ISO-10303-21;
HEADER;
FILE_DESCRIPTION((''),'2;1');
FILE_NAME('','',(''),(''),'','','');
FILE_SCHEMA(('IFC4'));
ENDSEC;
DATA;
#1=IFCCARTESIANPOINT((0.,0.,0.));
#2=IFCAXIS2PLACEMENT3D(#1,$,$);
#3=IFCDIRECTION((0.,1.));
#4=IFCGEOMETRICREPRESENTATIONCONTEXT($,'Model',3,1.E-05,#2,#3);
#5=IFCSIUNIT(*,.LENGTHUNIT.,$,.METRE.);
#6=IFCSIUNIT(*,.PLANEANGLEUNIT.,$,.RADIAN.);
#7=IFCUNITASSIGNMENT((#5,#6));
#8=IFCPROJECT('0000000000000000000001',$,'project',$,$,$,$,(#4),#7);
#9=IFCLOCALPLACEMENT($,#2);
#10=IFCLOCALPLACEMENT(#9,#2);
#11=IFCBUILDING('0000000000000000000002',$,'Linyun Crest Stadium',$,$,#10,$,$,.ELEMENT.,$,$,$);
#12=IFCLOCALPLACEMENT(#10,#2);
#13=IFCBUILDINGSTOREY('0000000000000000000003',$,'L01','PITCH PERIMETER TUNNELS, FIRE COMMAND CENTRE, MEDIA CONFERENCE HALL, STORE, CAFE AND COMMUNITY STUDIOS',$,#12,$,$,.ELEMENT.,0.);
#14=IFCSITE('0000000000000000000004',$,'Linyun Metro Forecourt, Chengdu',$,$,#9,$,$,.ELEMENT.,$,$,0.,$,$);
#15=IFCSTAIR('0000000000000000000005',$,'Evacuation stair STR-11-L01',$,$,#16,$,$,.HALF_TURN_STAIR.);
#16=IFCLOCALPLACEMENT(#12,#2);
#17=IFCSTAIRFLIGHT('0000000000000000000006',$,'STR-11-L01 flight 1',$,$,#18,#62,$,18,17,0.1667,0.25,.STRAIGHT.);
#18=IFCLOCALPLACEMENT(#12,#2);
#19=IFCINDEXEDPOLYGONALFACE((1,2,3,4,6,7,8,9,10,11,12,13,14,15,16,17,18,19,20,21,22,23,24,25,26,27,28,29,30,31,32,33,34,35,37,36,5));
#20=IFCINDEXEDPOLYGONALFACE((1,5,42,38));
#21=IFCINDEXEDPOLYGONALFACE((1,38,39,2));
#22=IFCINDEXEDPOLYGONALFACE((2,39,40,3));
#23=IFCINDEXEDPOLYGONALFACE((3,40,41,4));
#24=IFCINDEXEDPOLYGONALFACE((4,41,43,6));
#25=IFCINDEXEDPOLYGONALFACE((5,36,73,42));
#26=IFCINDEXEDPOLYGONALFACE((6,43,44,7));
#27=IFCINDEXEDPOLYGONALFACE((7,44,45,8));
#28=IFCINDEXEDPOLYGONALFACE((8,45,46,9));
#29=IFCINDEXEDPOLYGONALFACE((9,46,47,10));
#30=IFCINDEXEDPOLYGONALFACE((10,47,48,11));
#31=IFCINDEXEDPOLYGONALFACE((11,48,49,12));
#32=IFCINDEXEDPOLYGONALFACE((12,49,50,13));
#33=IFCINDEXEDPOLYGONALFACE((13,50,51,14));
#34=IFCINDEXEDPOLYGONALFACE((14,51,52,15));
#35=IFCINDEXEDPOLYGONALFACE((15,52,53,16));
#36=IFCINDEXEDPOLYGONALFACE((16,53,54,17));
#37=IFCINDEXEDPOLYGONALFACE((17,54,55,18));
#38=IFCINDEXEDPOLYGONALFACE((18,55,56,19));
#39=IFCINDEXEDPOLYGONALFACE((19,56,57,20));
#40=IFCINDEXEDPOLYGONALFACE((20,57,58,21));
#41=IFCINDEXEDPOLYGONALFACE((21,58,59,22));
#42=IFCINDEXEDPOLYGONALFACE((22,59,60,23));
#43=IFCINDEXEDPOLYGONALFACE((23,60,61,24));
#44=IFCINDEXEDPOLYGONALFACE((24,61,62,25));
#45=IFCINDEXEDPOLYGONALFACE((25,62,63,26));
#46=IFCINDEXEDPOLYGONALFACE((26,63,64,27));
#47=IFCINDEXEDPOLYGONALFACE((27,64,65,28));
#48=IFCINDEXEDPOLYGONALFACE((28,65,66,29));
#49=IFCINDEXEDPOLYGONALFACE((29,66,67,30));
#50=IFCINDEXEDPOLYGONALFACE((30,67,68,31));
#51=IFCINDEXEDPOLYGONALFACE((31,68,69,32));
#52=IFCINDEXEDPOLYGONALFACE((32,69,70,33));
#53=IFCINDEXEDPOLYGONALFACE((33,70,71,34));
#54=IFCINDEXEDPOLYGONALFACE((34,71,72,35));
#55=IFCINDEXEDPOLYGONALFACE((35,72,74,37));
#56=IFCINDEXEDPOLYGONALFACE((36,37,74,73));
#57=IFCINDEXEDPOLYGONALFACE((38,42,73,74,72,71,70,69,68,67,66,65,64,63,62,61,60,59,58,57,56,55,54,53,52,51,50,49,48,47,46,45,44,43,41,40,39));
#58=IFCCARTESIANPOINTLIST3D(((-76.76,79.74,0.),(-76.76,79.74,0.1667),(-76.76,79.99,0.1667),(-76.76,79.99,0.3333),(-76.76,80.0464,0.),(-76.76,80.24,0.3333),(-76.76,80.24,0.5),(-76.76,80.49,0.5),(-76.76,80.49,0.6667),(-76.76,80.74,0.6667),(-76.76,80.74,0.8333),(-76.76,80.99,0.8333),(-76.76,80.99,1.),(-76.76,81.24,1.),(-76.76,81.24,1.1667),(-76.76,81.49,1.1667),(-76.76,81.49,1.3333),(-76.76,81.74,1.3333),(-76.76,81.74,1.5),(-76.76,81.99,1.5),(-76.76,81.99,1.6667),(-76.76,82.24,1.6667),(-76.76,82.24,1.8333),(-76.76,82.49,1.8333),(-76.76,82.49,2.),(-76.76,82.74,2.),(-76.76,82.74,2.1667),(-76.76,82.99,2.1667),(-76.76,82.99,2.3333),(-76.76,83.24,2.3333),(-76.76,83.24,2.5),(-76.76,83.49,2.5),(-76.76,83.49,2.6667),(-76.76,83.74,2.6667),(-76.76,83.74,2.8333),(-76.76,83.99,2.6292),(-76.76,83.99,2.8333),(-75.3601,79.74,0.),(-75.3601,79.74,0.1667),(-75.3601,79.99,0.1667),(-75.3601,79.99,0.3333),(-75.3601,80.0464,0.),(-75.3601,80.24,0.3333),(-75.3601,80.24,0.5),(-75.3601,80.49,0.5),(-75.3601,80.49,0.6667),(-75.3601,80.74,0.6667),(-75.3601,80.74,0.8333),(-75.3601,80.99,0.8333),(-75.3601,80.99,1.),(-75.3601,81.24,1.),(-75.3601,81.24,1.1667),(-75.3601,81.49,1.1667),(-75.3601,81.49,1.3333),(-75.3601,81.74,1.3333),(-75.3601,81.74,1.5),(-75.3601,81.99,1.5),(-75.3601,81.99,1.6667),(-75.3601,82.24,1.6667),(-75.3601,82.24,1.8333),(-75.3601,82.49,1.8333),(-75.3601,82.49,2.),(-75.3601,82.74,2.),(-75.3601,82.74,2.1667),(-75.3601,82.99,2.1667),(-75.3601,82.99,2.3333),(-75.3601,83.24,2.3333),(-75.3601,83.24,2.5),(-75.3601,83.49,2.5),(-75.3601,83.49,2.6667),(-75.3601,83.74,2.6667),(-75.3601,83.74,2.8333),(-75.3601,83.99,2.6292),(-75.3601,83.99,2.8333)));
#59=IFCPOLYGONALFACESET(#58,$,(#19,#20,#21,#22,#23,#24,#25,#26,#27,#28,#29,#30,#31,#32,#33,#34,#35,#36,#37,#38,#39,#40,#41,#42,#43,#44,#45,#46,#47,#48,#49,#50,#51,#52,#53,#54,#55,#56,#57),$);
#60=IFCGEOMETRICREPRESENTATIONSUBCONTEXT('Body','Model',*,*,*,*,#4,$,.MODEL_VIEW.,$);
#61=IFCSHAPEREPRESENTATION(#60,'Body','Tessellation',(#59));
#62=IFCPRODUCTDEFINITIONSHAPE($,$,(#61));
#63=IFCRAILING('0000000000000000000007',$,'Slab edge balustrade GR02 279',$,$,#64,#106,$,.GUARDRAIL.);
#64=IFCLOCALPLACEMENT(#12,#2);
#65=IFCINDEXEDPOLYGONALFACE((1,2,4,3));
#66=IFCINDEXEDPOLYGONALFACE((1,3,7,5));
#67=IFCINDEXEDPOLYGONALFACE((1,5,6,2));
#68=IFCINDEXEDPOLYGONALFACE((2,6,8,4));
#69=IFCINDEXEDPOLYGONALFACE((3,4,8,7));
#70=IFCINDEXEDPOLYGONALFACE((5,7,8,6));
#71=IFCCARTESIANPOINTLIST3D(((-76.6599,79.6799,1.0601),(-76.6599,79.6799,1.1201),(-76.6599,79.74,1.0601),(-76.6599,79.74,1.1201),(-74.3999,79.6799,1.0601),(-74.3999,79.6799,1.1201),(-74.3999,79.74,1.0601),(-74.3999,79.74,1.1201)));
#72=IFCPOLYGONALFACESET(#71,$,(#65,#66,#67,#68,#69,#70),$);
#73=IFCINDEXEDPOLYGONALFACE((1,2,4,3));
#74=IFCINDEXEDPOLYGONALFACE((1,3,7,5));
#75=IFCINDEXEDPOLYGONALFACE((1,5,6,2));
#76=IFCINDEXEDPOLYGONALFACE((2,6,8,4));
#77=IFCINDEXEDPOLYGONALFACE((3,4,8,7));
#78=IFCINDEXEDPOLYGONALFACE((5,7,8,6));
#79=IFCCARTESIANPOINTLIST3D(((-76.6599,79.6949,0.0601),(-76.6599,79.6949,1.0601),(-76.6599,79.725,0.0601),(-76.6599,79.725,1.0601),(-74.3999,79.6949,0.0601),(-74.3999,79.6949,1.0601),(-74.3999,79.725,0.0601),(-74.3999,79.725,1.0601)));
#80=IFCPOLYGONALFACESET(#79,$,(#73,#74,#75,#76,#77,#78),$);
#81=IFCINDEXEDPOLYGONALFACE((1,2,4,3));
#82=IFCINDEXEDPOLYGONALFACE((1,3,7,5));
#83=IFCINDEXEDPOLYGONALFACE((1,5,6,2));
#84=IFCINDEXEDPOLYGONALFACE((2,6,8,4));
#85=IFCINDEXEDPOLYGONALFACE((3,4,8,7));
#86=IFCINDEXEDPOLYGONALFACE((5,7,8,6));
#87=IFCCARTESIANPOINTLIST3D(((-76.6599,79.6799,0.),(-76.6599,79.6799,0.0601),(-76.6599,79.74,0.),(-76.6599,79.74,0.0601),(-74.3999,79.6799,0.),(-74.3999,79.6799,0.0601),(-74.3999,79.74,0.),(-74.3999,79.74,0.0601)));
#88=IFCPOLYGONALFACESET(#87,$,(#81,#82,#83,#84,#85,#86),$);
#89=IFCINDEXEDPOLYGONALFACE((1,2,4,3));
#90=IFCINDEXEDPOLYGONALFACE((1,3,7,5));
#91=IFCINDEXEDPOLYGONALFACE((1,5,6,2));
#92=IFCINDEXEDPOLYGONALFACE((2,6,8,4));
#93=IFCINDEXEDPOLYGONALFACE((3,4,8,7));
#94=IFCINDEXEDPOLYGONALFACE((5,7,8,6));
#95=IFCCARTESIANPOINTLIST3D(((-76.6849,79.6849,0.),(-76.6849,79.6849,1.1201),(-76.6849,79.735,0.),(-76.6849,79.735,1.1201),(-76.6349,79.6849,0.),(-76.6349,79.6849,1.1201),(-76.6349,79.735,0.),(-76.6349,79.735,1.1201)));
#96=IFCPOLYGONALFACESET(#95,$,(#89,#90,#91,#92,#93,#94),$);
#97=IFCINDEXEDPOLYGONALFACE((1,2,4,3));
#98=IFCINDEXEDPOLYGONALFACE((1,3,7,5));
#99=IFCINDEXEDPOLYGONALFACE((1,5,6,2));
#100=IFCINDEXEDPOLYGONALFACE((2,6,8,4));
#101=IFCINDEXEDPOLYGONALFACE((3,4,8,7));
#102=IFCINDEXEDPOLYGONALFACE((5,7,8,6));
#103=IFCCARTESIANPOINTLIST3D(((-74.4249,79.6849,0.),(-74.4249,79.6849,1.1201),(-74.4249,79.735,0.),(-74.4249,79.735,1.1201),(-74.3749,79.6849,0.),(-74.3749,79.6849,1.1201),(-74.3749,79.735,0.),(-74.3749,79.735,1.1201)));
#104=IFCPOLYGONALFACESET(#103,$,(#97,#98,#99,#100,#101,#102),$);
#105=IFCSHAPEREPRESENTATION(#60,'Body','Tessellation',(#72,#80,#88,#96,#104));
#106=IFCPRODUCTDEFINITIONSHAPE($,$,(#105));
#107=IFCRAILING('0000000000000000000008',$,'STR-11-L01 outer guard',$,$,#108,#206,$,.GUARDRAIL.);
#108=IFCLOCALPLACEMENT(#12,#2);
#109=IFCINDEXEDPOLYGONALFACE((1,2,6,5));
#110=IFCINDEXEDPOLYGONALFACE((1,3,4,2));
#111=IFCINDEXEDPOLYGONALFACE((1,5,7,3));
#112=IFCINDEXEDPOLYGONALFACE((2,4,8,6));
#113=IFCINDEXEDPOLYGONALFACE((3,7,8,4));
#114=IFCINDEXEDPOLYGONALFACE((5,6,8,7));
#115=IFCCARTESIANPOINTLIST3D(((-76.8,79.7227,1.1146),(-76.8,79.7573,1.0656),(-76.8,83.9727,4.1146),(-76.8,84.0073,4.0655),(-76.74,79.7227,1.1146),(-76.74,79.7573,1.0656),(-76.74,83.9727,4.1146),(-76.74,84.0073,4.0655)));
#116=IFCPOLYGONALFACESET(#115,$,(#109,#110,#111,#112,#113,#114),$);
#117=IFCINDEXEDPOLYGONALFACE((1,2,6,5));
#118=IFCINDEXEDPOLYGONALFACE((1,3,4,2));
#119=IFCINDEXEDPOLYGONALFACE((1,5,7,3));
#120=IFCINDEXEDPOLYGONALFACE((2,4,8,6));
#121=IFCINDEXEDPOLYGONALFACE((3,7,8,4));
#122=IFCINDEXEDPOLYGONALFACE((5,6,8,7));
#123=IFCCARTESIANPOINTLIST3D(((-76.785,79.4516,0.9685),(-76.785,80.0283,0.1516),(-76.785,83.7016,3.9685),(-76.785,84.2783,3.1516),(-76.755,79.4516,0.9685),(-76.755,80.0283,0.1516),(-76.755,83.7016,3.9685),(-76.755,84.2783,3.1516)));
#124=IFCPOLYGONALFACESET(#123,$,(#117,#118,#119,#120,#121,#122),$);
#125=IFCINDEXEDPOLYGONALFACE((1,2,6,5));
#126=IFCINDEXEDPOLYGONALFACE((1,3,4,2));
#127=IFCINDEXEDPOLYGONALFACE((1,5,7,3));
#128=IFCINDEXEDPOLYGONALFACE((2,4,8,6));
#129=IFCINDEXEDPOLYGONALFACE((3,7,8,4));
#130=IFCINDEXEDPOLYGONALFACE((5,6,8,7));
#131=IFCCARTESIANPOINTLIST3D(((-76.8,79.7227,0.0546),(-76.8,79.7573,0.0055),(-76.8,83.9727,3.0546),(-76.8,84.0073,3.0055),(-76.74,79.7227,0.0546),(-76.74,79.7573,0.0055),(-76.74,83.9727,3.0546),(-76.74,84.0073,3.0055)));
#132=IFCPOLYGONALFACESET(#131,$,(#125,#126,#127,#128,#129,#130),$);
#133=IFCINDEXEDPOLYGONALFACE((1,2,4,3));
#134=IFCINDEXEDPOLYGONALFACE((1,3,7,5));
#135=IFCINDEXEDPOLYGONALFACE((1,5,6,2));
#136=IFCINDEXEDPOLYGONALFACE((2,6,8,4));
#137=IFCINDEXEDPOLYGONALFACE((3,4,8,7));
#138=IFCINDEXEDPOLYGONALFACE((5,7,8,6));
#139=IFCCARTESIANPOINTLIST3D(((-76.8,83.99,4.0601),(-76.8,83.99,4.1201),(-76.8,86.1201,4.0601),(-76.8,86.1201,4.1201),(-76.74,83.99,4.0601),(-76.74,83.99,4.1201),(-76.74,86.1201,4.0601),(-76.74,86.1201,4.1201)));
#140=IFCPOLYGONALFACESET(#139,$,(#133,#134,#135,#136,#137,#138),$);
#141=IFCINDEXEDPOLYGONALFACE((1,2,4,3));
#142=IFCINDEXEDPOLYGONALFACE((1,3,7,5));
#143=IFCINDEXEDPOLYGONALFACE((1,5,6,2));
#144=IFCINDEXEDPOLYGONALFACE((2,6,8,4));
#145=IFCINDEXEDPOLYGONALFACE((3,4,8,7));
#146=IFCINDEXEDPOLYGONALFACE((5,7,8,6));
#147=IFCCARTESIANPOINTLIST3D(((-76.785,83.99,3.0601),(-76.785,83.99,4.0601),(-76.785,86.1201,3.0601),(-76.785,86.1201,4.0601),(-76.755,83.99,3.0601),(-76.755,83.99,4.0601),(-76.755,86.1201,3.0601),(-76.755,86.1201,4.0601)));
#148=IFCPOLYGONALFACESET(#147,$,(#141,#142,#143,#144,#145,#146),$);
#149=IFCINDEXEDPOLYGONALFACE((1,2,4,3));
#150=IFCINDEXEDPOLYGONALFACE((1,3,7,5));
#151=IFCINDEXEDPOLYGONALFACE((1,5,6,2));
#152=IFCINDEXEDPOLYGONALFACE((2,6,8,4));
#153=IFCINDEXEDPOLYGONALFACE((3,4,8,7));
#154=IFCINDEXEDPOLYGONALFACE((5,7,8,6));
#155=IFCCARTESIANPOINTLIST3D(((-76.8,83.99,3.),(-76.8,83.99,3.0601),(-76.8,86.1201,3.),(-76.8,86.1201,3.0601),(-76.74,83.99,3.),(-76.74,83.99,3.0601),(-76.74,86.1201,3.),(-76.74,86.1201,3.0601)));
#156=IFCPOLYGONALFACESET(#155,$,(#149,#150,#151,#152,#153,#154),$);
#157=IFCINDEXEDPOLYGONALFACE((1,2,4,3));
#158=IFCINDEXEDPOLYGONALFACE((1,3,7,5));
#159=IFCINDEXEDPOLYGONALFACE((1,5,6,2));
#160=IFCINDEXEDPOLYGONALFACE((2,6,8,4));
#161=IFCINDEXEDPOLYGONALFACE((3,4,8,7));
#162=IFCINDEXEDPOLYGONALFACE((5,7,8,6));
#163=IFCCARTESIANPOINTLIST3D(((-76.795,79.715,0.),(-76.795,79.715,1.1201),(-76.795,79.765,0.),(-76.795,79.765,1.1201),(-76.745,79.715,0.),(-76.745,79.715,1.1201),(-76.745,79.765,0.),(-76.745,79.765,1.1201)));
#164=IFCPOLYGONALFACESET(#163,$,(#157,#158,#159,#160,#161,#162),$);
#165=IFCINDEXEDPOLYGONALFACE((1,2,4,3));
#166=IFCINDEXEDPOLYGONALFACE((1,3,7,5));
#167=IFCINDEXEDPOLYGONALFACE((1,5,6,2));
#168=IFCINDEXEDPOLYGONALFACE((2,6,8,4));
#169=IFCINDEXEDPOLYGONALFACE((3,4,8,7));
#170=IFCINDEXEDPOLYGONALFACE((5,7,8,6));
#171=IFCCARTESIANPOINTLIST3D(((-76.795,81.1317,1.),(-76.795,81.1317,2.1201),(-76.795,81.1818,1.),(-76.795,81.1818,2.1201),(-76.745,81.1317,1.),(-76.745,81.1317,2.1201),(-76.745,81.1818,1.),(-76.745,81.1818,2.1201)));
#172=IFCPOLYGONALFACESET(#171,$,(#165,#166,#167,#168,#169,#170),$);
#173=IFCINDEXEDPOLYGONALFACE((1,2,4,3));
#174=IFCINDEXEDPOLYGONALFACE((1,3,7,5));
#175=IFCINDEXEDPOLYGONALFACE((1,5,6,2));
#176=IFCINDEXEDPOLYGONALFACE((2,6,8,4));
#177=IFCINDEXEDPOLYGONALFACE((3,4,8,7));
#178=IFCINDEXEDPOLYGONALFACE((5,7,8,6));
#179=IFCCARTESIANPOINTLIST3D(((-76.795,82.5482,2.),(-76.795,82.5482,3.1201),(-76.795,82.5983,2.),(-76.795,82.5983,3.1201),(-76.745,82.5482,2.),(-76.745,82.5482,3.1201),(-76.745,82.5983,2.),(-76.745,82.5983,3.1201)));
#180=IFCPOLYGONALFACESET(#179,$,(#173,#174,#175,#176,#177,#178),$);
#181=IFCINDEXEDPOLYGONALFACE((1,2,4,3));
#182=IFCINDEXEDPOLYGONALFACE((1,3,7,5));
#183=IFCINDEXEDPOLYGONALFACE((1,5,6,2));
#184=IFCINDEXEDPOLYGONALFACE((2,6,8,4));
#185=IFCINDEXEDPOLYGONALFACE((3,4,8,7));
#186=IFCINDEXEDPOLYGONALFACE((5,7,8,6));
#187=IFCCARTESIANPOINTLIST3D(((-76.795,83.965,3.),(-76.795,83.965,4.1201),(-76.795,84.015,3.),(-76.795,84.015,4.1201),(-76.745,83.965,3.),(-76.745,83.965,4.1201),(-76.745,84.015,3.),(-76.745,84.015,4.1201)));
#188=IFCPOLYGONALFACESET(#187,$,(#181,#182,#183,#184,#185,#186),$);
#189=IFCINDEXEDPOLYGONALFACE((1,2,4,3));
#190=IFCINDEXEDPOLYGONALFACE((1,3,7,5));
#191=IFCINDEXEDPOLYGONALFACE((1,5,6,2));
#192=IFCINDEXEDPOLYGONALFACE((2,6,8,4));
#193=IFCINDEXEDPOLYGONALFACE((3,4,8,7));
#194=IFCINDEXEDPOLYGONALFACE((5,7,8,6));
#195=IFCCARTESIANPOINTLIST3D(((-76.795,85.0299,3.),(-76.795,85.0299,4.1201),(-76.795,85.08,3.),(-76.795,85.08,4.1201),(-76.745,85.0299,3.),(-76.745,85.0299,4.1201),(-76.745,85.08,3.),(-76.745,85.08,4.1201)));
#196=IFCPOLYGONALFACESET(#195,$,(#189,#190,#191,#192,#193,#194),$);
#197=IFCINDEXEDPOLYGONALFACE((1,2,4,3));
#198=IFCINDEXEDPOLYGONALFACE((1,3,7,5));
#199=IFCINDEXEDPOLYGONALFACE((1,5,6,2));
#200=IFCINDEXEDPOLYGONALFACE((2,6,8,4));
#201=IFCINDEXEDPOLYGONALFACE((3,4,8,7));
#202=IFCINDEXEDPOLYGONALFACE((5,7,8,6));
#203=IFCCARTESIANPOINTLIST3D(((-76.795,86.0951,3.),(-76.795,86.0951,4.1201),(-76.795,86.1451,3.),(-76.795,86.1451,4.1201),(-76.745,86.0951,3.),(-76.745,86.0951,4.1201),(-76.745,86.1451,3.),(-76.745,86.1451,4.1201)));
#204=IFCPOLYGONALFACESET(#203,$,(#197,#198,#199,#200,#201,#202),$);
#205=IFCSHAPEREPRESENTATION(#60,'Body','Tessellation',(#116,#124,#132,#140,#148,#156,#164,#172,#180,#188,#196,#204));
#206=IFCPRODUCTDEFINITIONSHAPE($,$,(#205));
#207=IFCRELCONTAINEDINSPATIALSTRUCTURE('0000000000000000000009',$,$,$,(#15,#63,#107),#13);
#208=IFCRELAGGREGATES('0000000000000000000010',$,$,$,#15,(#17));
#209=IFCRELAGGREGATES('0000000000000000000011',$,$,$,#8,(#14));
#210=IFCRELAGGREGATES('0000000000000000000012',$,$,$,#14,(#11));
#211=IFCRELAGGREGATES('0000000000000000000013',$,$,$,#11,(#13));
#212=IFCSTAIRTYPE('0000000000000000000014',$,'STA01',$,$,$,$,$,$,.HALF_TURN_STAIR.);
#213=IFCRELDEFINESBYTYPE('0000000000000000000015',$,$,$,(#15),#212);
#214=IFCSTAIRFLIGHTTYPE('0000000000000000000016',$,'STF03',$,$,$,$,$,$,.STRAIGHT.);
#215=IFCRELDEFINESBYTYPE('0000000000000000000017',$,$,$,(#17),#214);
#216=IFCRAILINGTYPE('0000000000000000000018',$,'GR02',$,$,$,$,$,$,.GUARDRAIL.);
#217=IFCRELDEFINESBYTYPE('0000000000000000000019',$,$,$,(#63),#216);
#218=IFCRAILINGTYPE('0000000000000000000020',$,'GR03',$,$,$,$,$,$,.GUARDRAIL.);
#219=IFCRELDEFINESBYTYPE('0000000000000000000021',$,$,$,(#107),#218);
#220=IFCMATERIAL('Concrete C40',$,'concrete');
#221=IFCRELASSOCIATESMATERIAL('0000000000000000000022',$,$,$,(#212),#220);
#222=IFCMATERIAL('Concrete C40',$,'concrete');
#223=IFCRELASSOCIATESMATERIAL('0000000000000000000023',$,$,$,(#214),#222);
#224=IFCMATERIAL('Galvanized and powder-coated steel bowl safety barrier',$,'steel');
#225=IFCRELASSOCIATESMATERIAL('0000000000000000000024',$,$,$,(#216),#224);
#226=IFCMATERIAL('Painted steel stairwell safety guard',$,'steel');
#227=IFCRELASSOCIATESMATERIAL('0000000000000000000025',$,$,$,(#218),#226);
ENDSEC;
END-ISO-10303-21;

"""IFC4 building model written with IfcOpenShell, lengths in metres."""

from ifc_helpers import new_model, si_unit, direction, frame, origin, origin_2d, place, context, subcontext, project, spatial, polyline, rectangle, outline, extrude, material, type_object, element, aggregate, save


model = new_model("IFC4")

# Units and contexts
model_context = context("Model", 3, precision=1e-05, world=origin(), true_north=direction((0.0, 1.0)))
body_context = subcontext(model_context, "Body", "Model", "MODEL_VIEW")
ifc_project = project(units=[si_unit("LENGTHUNIT", "METRE"), si_unit("PLANEANGLEUNIT", "RADIAN")], contexts=[model_context])

# Site, building, storey
site_placement = place(None, origin())
site = spatial("IfcSite", under=ifc_project, at=site_placement, Name="Linyun Metro Forecourt, Chengdu", CompositionType="ELEMENT", RefElevation=0.0)
building_placement = place(site_placement, origin())
building = spatial("IfcBuilding", under=site, at=building_placement, Name="Linyun Crest Stadium", CompositionType="ELEMENT")
storey_placement = place(building_placement, origin())
storey = spatial("IfcBuildingStorey", under=building, at=storey_placement, Name="L01", Description="PITCH PERIMETER TUNNELS, FIRE COMMAND CENTRE, MEDIA CONFERENCE HALL, STORE, CAFE AND COMMUNITY STUDIOS", CompositionType="ELEMENT", Elevation=0.0)

# Stair, stair flight
ifc_material_1 = material(Name="Concrete C40", Category="concrete")
stair_type = type_object("IfcStairType", Name="STA01", PredefinedType="HALF_TURN_STAIR", material=ifc_material_1)
stair_placement = place(storey_placement, origin())
stair = element("IfcStair", 1, at=stair_placement, inside=storey, type_object=stair_type, Name="Evacuation stair STR-11-L01", PredefinedType="HALF_TURN_STAIR")
ifc_material_2 = material(Name="Concrete C40", Category="concrete")
stair_flight_type = type_object("IfcStairFlightType", Name="STF03", PredefinedType="STRAIGHT", material=ifc_material_2)
stair_flight_placement = place(storey_placement, frame((-76.0601, 79.74, 0.0), z_axis=(0.0, 0.0, 1.0), x_axis=(0.0, 1.0, 0.0)))
stair_flight = element("IfcStairFlight", 2, at=stair_flight_placement, type_object=stair_flight_type, Name="STR-11-L01 flight 1", NumberOfRisers=18, NumberOfTreads=17, PredefinedType="STRAIGHT", RiserHeight=0.1667, TreadLength=0.25, context=body_context, shape_type="SweptSolid", body=[
    extrude(outline(polyline([(0.0, 0.0), (0.0, 0.1667), (0.25, 0.1667), (0.25, 0.3333), (0.5, 0.3333), (0.5, 0.5), (0.75, 0.5), (0.75, 0.6667), (1.0, 0.6667), (1.0, 0.8333), (1.25, 0.8333), (1.25, 1.0), (1.5, 1.0), (1.5, 1.1667), (1.75, 1.1667), (1.75, 1.3333), (2.0, 1.3333), (2.0, 1.5), (2.25, 1.5), (2.25, 1.6667), (2.5, 1.6667), (2.5, 1.8333), (2.75, 1.8333), (2.75, 2.0), (3.0, 2.0), (3.0, 2.1667), (3.25, 2.1667), (3.25, 2.3333), (3.5, 2.3333), (3.5, 2.5), (3.75, 2.5), (3.75, 2.6667), (4.0, 2.6667), (4.0, 2.8333), (4.25, 2.8333), (4.25, 3.0), (4.25, 2.6292), (0.3064, 0.0), (0.0, 0.0)])), frame((0.0, 0.7, 0.0), z_axis=(0.0, -1.0, 0.0), x_axis=(1.0, 0.0, 0.0)), (0.0, 0.0, 1.0), 1.3999),
])
aggregate(stair, [stair_flight])

# Railings
ifc_material_3 = material(Name="Galvanized and powder-coated steel bowl safety barrier", Category="steel")
railing_type_1 = type_object("IfcRailingType", Name="GR02", PredefinedType="GUARDRAIL", material=ifc_material_3)
railing_1_placement = place(storey_placement, frame((-76.6599, 79.71, 0.0)))
element("IfcRailing", 3, at=railing_1_placement, inside=storey, type_object=railing_type_1, Name="Slab edge balustrade GR02 279", PredefinedType="GUARDRAIL", context=body_context, shape_type="SweptSolid", body=[
    extrude(rectangle(XDim=0.0601, YDim=0.0601, at=origin_2d()), frame((0.0, 0.0, 1.0901), z_axis=(1.0, 0.0, 0.0), x_axis=(0.0, 1.0, 0.0)), (0.0, 0.0, 1.0), 2.26),
    extrude(rectangle(XDim=0.03, YDim=1.0, at=origin_2d()), frame((0.0, 0.0, 0.5601), z_axis=(1.0, 0.0, 0.0), x_axis=(0.0, 1.0, 0.0)), (0.0, 0.0, 1.0), 2.26),
    extrude(rectangle(XDim=0.0601, YDim=0.0601, at=origin_2d()), frame((0.0, 0.0, 0.03), z_axis=(1.0, 0.0, 0.0), x_axis=(0.0, 1.0, 0.0)), (0.0, 0.0, 1.0), 2.26),
    extrude(rectangle(XDim=0.05, YDim=0.05, at=origin_2d()), origin(), (0.0, 0.0, 1.0), 1.1201),
    extrude(rectangle(XDim=0.05, YDim=0.05, at=origin_2d()), frame((2.26, 0.0, 0.0)), (0.0, 0.0, 1.0), 1.1201),
])
ifc_material_4 = material(Name="Painted steel stairwell safety guard", Category="steel")
railing_type_2 = type_object("IfcRailingType", Name="GR03", PredefinedType="GUARDRAIL", material=ifc_material_4)
railing_2_placement = place(storey_placement, frame((-76.77, 79.74, 0.0)))
element("IfcRailing", 4, at=railing_2_placement, inside=storey, type_object=railing_type_2, Name="STR-11-L01 outer guard", PredefinedType="GUARDRAIL", context=body_context, shape_type="SweptSolid", body=[
    extrude(rectangle(XDim=0.0601, YDim=0.0601, at=origin_2d()), frame((0.0, 0.0, 1.0901), z_axis=(0.0, 0.816968, 0.576683), x_axis=(-1.0, 0.0, 0.0)), (0.0, 0.0, 1.0), 5.2021),
    extrude(rectangle(XDim=0.03, YDim=1.0, at=origin_2d()), frame((0.0, 0.0, 0.5601), z_axis=(0.0, 0.816968, 0.576683), x_axis=(-1.0, 0.0, 0.0)), (0.0, 0.0, 1.0), 5.2021),
    extrude(rectangle(XDim=0.0601, YDim=0.0601, at=origin_2d()), frame((0.0, 0.0, 0.03), z_axis=(0.0, 0.816968, 0.576683), x_axis=(-1.0, 0.0, 0.0)), (0.0, 0.0, 1.0), 5.2021),
    extrude(rectangle(XDim=0.0601, YDim=0.0601, at=origin_2d()), frame((0.0, 4.25, 4.0901), z_axis=(0.0, 1.0, 0.0), x_axis=(-1.0, 0.0, 0.0)), (0.0, 0.0, 1.0), 2.1301),
    extrude(rectangle(XDim=0.03, YDim=1.0, at=origin_2d()), frame((0.0, 4.25, 3.5601), z_axis=(0.0, 1.0, 0.0), x_axis=(-1.0, 0.0, 0.0)), (0.0, 0.0, 1.0), 2.1301),
    extrude(rectangle(XDim=0.0601, YDim=0.0601, at=origin_2d()), frame((0.0, 4.25, 3.03), z_axis=(0.0, 1.0, 0.0), x_axis=(-1.0, 0.0, 0.0)), (0.0, 0.0, 1.0), 2.1301),
    extrude(rectangle(XDim=0.05, YDim=0.05, at=origin_2d()), origin(), (0.0, 0.0, 1.0), 1.1201),
    extrude(rectangle(XDim=0.05, YDim=0.05, at=origin_2d()), frame((0.0, 1.4167, 1.0)), (0.0, 0.0, 1.0), 1.1201),
    extrude(rectangle(XDim=0.05, YDim=0.05, at=origin_2d()), frame((0.0, 2.8333, 2.0)), (0.0, 0.0, 1.0), 1.1201),
    extrude(rectangle(XDim=0.05, YDim=0.05, at=origin_2d()), frame((0.0, 4.25, 3.0)), (0.0, 0.0, 1.0), 1.1201),
    extrude(rectangle(XDim=0.05, YDim=0.05, at=origin_2d()), frame((0.0, 5.3149, 3.0)), (0.0, 0.0, 1.0), 1.1201),
    extrude(rectangle(XDim=0.05, YDim=0.05, at=origin_2d()), frame((0.0, 6.3801, 3.0)), (0.0, 0.0, 1.0), 1.1201),
])

save(model, "model.ifc")
